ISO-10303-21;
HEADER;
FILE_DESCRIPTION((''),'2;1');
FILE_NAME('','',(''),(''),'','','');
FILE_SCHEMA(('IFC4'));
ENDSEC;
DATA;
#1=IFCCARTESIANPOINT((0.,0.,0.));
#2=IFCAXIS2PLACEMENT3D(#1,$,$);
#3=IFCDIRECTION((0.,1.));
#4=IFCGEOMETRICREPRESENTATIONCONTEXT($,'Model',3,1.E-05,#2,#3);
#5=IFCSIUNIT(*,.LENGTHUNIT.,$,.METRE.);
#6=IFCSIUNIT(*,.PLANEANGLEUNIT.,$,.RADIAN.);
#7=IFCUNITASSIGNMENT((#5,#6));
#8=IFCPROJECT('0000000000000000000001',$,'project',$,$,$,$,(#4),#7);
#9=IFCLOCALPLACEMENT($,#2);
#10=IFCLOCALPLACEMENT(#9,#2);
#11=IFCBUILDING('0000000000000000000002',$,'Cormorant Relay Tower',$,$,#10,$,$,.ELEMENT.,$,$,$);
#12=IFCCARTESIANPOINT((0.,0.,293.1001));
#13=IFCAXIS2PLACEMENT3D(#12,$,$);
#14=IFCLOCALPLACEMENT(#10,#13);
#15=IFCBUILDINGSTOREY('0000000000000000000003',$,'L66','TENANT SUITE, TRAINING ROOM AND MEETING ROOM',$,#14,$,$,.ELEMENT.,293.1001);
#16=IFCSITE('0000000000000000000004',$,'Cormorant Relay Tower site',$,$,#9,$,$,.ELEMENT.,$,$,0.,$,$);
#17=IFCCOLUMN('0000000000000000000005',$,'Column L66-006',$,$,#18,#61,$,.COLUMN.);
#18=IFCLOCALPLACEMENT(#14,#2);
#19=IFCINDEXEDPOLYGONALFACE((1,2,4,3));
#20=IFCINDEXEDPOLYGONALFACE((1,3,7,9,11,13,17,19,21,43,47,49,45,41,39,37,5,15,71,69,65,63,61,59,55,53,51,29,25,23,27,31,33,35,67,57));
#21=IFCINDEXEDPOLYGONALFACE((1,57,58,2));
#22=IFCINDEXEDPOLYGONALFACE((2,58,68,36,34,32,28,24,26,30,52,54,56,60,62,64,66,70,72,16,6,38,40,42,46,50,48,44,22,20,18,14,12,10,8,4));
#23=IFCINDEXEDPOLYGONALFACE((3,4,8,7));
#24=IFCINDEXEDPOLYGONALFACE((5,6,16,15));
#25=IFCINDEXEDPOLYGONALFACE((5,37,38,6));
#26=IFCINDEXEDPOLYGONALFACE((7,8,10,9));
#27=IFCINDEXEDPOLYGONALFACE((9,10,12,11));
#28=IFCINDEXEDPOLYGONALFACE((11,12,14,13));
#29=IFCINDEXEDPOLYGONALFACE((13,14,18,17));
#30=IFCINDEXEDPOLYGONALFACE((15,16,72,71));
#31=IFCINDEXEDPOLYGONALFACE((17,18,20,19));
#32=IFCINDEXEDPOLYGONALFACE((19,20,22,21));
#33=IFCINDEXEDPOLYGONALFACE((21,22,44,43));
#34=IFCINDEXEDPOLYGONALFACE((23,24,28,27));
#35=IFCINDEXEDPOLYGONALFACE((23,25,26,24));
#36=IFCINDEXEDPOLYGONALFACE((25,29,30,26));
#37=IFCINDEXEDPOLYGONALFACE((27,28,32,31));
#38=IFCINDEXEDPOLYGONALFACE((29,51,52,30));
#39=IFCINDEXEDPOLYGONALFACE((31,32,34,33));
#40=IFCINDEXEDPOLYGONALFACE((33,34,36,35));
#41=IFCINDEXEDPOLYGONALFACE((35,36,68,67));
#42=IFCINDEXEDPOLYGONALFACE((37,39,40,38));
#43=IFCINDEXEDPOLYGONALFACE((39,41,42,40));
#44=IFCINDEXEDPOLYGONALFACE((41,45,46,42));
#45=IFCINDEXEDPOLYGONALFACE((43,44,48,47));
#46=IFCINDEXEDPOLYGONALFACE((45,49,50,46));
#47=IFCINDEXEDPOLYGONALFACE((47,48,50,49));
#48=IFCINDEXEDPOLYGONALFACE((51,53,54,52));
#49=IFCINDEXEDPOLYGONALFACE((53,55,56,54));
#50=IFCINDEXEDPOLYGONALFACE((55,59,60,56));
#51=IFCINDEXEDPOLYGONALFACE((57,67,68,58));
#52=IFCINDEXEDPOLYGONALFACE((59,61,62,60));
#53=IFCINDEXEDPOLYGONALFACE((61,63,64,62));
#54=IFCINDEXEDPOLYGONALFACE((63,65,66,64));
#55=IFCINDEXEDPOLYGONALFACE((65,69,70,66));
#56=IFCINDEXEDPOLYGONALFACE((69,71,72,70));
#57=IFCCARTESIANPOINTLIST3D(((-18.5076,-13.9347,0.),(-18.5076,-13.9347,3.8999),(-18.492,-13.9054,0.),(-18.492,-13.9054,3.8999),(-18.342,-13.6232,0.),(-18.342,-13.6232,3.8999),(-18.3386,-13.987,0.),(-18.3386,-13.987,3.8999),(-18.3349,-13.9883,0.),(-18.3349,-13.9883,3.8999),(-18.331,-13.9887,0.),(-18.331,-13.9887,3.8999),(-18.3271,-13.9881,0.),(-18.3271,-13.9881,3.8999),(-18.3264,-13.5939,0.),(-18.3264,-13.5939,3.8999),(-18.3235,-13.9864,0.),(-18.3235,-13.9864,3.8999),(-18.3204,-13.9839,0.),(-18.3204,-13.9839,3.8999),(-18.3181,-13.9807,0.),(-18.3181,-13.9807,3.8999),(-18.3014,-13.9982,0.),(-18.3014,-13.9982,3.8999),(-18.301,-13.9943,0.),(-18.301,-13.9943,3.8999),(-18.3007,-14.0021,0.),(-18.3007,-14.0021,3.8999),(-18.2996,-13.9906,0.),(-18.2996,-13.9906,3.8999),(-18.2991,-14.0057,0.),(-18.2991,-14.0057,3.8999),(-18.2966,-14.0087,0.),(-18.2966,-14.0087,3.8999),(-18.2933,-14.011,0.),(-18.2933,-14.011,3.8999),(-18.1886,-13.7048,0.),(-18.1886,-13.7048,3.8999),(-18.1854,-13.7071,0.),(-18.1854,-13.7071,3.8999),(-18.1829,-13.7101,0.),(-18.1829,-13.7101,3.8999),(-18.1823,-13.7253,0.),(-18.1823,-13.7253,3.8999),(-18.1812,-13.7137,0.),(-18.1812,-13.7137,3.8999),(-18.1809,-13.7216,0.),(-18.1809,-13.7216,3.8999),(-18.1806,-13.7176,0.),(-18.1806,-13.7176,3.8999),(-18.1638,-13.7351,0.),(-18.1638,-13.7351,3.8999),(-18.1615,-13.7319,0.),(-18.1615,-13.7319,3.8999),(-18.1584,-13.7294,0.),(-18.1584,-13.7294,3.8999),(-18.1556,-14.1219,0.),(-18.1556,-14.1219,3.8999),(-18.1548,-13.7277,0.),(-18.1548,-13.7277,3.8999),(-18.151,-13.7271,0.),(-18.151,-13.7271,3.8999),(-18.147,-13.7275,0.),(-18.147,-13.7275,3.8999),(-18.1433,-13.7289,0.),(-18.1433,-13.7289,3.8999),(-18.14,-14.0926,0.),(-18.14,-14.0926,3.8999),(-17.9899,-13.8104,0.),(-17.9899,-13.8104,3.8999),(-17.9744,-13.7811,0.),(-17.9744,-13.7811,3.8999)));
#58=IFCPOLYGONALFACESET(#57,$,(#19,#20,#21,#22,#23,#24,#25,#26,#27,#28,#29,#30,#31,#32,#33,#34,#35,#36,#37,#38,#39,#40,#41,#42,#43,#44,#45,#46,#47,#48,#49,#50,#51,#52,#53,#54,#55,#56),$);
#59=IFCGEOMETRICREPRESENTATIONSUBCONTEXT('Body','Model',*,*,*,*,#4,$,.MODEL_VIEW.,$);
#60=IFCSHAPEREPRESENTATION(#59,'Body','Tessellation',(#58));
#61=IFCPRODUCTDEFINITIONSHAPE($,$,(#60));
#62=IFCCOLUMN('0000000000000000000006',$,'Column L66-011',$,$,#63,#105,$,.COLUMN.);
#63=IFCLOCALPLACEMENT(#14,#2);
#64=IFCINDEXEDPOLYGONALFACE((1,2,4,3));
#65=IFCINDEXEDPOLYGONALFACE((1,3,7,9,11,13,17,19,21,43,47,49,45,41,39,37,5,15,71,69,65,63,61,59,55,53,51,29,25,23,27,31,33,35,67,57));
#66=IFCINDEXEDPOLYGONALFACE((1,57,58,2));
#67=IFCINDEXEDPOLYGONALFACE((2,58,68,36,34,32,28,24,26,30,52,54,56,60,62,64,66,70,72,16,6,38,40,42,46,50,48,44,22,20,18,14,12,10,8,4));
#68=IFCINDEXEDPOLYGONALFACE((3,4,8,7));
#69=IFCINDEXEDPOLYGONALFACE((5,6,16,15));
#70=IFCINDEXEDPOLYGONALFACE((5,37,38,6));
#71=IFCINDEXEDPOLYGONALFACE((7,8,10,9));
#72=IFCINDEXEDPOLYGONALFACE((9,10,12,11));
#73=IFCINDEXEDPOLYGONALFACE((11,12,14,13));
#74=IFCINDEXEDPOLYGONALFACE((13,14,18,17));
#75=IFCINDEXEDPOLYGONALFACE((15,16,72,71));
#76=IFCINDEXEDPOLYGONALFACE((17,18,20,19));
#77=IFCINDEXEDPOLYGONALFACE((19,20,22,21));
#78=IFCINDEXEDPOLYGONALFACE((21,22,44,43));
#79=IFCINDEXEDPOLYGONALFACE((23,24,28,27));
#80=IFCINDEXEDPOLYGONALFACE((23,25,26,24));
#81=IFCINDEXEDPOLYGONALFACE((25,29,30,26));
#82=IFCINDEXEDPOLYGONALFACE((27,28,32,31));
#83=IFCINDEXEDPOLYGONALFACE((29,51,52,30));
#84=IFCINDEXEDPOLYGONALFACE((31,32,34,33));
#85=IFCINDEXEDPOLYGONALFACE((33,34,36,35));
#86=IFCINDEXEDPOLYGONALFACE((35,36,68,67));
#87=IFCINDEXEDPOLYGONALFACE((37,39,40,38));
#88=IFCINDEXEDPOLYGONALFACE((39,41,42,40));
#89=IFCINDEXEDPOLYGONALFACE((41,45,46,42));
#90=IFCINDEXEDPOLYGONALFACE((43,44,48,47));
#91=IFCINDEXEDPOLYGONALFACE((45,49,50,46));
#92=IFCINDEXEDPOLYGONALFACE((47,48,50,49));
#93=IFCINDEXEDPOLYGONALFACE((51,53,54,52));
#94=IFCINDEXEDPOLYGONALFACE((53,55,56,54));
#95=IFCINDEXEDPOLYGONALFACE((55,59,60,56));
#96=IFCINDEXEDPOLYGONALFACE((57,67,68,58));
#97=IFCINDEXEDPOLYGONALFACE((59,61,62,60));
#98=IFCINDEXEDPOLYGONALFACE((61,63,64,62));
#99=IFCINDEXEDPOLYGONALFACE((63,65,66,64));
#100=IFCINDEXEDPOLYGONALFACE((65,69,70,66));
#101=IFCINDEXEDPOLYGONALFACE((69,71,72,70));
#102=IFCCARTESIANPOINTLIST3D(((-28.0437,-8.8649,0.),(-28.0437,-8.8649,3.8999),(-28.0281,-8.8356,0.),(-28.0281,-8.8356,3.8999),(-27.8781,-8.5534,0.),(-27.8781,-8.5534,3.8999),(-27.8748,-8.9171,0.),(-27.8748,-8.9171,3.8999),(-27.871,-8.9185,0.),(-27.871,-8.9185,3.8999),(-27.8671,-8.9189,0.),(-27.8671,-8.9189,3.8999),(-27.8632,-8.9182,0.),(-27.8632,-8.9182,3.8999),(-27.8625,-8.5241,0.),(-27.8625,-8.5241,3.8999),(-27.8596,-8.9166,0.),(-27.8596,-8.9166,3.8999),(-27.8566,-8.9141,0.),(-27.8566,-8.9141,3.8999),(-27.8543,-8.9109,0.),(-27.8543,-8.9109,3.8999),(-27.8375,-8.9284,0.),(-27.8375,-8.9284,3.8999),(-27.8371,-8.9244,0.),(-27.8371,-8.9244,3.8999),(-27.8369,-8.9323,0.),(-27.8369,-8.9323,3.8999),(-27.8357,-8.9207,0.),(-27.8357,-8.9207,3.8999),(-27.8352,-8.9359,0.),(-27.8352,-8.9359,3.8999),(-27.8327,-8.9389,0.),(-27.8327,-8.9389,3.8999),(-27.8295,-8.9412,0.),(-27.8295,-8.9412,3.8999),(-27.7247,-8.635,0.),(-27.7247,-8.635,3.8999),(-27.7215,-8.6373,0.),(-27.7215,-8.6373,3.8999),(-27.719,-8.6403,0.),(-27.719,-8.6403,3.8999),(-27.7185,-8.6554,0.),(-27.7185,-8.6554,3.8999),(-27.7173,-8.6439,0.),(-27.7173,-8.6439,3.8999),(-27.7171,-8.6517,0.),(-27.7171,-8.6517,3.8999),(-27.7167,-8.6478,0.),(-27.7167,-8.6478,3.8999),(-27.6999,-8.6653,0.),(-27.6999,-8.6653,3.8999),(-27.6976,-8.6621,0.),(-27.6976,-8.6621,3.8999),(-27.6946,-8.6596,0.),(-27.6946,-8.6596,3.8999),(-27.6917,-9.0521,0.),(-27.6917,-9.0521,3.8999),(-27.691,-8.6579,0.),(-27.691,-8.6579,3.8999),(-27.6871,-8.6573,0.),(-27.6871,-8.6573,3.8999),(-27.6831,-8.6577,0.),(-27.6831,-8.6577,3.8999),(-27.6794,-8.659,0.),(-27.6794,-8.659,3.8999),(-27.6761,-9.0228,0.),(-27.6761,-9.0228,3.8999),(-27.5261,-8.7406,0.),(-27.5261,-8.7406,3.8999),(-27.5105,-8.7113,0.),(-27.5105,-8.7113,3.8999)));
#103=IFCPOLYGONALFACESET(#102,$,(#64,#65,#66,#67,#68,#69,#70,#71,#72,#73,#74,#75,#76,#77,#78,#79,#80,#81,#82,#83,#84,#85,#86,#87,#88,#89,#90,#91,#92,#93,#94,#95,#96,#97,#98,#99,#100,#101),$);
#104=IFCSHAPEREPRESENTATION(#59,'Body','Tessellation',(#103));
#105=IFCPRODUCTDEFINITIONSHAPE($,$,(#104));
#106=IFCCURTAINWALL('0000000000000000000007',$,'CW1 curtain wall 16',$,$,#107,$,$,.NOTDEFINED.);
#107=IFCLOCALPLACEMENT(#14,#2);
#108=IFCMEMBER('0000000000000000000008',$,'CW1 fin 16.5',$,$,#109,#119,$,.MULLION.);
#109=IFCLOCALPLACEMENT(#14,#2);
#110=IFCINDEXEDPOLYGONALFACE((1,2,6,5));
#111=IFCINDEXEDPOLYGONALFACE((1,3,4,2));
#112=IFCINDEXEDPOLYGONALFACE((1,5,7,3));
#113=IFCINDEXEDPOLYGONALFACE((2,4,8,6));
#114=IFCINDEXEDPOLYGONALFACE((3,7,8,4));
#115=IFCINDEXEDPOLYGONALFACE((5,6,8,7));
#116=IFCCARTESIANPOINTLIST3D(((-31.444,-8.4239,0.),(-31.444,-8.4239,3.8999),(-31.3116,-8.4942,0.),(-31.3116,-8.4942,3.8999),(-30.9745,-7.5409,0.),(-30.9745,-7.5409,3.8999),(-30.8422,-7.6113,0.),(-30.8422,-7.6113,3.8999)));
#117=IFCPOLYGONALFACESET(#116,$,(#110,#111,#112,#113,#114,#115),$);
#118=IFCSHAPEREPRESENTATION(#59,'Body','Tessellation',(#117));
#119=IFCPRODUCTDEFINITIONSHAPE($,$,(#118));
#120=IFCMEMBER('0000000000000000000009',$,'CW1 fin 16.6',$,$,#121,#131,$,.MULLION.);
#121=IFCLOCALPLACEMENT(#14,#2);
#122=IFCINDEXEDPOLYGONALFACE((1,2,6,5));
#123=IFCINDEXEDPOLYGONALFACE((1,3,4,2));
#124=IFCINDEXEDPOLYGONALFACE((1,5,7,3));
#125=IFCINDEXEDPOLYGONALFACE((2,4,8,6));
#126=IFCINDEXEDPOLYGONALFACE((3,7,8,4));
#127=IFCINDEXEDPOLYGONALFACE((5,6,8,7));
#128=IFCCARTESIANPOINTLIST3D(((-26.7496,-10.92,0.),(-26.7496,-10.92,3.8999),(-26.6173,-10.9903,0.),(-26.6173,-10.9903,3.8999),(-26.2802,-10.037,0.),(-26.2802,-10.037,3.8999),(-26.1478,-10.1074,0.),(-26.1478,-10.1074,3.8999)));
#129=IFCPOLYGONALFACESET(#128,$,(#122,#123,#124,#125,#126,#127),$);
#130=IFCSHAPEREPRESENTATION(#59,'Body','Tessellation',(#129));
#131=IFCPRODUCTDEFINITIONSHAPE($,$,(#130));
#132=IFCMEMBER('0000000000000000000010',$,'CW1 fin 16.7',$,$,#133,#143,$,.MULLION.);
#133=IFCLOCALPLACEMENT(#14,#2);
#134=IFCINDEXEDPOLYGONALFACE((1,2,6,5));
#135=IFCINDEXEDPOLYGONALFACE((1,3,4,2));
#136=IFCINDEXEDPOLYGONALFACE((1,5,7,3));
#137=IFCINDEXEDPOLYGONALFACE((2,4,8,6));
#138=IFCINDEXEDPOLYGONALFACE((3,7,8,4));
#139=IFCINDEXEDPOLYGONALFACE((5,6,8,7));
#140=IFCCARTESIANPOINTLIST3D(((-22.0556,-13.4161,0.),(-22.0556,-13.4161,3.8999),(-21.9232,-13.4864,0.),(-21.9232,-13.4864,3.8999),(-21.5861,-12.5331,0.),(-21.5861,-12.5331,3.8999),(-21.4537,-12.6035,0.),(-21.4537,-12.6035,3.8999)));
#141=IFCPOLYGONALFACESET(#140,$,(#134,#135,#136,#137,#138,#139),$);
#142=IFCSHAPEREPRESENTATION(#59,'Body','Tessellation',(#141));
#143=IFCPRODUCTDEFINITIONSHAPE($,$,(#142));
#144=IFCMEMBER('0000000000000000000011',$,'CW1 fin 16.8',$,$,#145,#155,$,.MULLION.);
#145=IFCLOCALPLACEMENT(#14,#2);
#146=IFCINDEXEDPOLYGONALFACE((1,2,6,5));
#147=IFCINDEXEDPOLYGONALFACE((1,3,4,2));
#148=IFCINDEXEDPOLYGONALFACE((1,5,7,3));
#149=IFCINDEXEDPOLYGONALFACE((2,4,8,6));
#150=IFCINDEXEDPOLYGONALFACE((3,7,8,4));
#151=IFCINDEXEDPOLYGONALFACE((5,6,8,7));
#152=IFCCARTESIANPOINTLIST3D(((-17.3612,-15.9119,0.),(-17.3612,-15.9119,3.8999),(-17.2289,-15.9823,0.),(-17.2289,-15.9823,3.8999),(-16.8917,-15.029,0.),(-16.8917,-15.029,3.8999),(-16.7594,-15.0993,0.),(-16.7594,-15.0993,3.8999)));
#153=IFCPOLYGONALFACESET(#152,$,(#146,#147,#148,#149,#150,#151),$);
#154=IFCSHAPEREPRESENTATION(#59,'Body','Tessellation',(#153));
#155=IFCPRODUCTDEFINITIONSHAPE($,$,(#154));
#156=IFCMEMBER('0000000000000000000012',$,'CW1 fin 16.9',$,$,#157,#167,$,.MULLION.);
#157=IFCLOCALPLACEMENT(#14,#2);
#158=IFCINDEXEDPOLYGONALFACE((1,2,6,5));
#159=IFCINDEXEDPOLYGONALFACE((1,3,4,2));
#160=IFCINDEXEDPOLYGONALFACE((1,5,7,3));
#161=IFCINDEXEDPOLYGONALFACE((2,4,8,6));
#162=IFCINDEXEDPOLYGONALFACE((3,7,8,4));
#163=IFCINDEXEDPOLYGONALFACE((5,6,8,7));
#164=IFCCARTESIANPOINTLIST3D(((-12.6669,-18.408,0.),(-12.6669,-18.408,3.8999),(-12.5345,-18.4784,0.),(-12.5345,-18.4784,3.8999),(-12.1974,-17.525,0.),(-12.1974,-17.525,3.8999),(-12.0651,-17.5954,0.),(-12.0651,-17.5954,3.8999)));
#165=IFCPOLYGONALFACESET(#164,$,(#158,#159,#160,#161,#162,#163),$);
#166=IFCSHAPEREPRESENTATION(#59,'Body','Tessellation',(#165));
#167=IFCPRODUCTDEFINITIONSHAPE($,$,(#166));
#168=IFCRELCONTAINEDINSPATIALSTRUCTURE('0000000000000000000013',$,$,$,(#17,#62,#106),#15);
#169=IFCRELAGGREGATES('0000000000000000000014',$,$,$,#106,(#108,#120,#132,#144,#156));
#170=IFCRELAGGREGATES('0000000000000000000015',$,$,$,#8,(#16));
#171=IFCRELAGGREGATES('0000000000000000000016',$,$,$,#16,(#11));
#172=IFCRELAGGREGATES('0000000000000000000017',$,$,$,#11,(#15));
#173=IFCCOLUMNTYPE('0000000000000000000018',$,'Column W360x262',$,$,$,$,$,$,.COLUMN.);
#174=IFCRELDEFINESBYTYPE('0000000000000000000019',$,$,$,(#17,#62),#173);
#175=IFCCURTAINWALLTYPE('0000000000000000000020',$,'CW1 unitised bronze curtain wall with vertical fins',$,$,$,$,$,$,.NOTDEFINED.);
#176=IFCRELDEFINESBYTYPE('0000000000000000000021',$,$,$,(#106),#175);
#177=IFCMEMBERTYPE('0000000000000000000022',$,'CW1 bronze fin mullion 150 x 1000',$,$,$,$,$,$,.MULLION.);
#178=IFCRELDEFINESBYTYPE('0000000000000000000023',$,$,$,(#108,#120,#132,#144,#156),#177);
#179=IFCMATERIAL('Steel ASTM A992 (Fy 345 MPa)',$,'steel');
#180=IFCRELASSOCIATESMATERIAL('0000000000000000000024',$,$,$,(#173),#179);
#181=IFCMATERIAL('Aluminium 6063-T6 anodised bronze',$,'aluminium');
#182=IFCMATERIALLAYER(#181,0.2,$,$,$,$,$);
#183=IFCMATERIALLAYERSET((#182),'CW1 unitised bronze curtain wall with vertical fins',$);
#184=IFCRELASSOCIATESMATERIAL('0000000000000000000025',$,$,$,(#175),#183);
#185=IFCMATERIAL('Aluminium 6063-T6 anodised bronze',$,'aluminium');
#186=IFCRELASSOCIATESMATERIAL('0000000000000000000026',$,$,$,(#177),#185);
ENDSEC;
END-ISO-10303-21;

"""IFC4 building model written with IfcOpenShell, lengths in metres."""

from ifc_helpers import new_model, si_unit, direction, frame, origin, origin_2d, place, context, subcontext, project, spatial, rectangle, i_section, extrude, material, layer, layer_set, material_profile, profile_set, type_object, element, aggregate, save


model = new_model("IFC4")

# Units and contexts
model_context = context("Model", 3, precision=1e-05, world=origin(), true_north=direction((0.0, 1.0)))
body_context = subcontext(model_context, "Body", "Model", "MODEL_VIEW")
ifc_project = project(units=[si_unit("LENGTHUNIT", "METRE"), si_unit("PLANEANGLEUNIT", "RADIAN")], contexts=[model_context])

# Site, building, storey
site_placement = place(None, origin())
site = spatial("IfcSite", under=ifc_project, at=site_placement, Name="Cormorant Relay Tower site", CompositionType="ELEMENT", RefElevation=0.0)
building_placement = place(site_placement, origin())
building = spatial("IfcBuilding", under=site, at=building_placement, Name="Cormorant Relay Tower", CompositionType="ELEMENT")
storey_placement = place(building_placement, frame((0.0, 0.0, 293.1001)))
storey = spatial("IfcBuildingStorey", under=building, at=storey_placement, Name="L66", Description="TENANT SUITE, TRAINING ROOM AND MEETING ROOM", CompositionType="ELEMENT", Elevation=293.1001)

# Columns
ifc_material_1 = material(Name="Steel ASTM A992 (Fy 345 MPa)", Category="steel")
ifc_material_profile_1 = material_profile(ifc_material_1, i_section(OverallWidth=0.3987, OverallDepth=0.386, WebThickness=0.021, FlangeThickness=0.0332, FilletRadius=0.0151, at=origin_2d()), Name="W360x262")
ifc_profile_set_1 = profile_set([ifc_material_profile_1], Name="Steel ASTM A992 (Fy 345 MPa)")
column_type_1 = type_object("IfcColumnType", Name="Column W360x262", PredefinedType="COLUMN", material=ifc_profile_set_1)
for number, where, z_axis, x_axis, name in (
    (1, (-18.241, -13.8579, 0.0), (0.0, 0.0, 1.0), (0.882948, -0.469472, 0.0), "Column L66-006"),
    (2, (-27.7771, -8.7881, 0.0), (0.0, 0.0, 1.0), (0.882948, -0.469472, 0.0), "Column L66-011"),
):
    element("IfcColumn", number, at=place(storey_placement, frame(where, z_axis=z_axis, x_axis=x_axis)), inside=storey, type_object=column_type_1, Name=name, PredefinedType="COLUMN", context=body_context, shape_type="SweptSolid", body=[
        extrude(i_section(OverallWidth=0.3987, OverallDepth=0.386, WebThickness=0.021, FlangeThickness=0.0332, FilletRadius=0.0151, at=origin_2d()), origin(), (0.0, 0.0, 1.0), 3.8999),
    ])

# Curtain wall, members
ifc_material_2 = material(Name="Aluminium 6063-T6 anodised bronze", Category="aluminium")
ifc_layer_1 = layer(ifc_material_2, 0.2)
ifc_layer_set_1 = layer_set([ifc_layer_1], Name="CW1 unitised bronze curtain wall with vertical fins")
curtain_wall_type = type_object("IfcCurtainWallType", Name="CW1 unitised bronze curtain wall with vertical fins", PredefinedType="NOTDEFINED", material=ifc_layer_set_1)
curtain_wall_placement = place(storey_placement, origin())
curtain_wall = element("IfcCurtainWall", 3, at=curtain_wall_placement, inside=storey, type_object=curtain_wall_type, Name="CW1 curtain wall 16", PredefinedType="NOTDEFINED")
ifc_material_3 = material(Name="Aluminium 6063-T6 anodised bronze", Category="aluminium")
ifc_material_profile_2 = material_profile(ifc_material_3, rectangle(XDim=0.1499, YDim=1.0, at=origin_2d()), Name="AL 150x1000")
ifc_profile_set_2 = profile_set([ifc_material_profile_2], Name="Aluminium 6063-T6 anodised bronze")
member_type = type_object("IfcMemberType", Name="CW1 bronze fin mullion 150 x 1000", PredefinedType="MULLION", material=ifc_profile_set_2)
member_1_placement = place(storey_placement, frame((-31.1431, -8.0176, 0.0), z_axis=(0.0, 0.0, 1.0), x_axis=(0.882948, -0.469472, 0.0)))
member_1 = element("IfcMember", 4, at=member_1_placement, type_object=member_type, Name="CW1 fin 16.5", PredefinedType="MULLION", context=body_context, shape_type="SweptSolid", body=[
    extrude(rectangle(XDim=0.1499, YDim=1.0, at=origin_2d()), origin(), (0.0, 0.0, 1.0), 3.8999),
])
member_2_placement = place(storey_placement, frame((-26.4487, -10.5137, 0.0), z_axis=(0.0, 0.0, 1.0), x_axis=(0.882948, -0.469472, 0.0)))
member_2 = element("IfcMember", 5, at=member_2_placement, type_object=member_type, Name="CW1 fin 16.6", PredefinedType="MULLION", context=body_context, shape_type="SweptSolid", body=[
    extrude(rectangle(XDim=0.1499, YDim=1.0, at=origin_2d()), origin(), (0.0, 0.0, 1.0), 3.8999),
])
member_3_placement = place(storey_placement, frame((-21.7546, -13.0098, 0.0), z_axis=(0.0, 0.0, 1.0), x_axis=(0.882948, -0.469472, 0.0)))
member_3 = element("IfcMember", 6, at=member_3_placement, type_object=member_type, Name="CW1 fin 16.7", PredefinedType="MULLION", context=body_context, shape_type="SweptSolid", body=[
    extrude(rectangle(XDim=0.1499, YDim=1.0, at=origin_2d()), origin(), (0.0, 0.0, 1.0), 3.8999),
])
member_4_placement = place(storey_placement, frame((-17.0603, -15.5056, 0.0), z_axis=(0.0, 0.0, 1.0), x_axis=(0.882948, -0.469472, 0.0)))
member_4 = element("IfcMember", 7, at=member_4_placement, type_object=member_type, Name="CW1 fin 16.8", PredefinedType="MULLION", context=body_context, shape_type="SweptSolid", body=[
    extrude(rectangle(XDim=0.1499, YDim=1.0, at=origin_2d()), origin(), (0.0, 0.0, 1.0), 3.8999),
])
member_5_placement = place(storey_placement, frame((-12.366, -18.0017, 0.0), z_axis=(0.0, 0.0, 1.0), x_axis=(0.882948, -0.469472, 0.0)))
member_5 = element("IfcMember", 8, at=member_5_placement, type_object=member_type, Name="CW1 fin 16.9", PredefinedType="MULLION", context=body_context, shape_type="SweptSolid", body=[
    extrude(rectangle(XDim=0.1499, YDim=1.0, at=origin_2d()), origin(), (0.0, 0.0, 1.0), 3.8999),
])

aggregate(curtain_wall, [member_1, member_2, member_3, member_4, member_5])

save(model, "model.ifc")
